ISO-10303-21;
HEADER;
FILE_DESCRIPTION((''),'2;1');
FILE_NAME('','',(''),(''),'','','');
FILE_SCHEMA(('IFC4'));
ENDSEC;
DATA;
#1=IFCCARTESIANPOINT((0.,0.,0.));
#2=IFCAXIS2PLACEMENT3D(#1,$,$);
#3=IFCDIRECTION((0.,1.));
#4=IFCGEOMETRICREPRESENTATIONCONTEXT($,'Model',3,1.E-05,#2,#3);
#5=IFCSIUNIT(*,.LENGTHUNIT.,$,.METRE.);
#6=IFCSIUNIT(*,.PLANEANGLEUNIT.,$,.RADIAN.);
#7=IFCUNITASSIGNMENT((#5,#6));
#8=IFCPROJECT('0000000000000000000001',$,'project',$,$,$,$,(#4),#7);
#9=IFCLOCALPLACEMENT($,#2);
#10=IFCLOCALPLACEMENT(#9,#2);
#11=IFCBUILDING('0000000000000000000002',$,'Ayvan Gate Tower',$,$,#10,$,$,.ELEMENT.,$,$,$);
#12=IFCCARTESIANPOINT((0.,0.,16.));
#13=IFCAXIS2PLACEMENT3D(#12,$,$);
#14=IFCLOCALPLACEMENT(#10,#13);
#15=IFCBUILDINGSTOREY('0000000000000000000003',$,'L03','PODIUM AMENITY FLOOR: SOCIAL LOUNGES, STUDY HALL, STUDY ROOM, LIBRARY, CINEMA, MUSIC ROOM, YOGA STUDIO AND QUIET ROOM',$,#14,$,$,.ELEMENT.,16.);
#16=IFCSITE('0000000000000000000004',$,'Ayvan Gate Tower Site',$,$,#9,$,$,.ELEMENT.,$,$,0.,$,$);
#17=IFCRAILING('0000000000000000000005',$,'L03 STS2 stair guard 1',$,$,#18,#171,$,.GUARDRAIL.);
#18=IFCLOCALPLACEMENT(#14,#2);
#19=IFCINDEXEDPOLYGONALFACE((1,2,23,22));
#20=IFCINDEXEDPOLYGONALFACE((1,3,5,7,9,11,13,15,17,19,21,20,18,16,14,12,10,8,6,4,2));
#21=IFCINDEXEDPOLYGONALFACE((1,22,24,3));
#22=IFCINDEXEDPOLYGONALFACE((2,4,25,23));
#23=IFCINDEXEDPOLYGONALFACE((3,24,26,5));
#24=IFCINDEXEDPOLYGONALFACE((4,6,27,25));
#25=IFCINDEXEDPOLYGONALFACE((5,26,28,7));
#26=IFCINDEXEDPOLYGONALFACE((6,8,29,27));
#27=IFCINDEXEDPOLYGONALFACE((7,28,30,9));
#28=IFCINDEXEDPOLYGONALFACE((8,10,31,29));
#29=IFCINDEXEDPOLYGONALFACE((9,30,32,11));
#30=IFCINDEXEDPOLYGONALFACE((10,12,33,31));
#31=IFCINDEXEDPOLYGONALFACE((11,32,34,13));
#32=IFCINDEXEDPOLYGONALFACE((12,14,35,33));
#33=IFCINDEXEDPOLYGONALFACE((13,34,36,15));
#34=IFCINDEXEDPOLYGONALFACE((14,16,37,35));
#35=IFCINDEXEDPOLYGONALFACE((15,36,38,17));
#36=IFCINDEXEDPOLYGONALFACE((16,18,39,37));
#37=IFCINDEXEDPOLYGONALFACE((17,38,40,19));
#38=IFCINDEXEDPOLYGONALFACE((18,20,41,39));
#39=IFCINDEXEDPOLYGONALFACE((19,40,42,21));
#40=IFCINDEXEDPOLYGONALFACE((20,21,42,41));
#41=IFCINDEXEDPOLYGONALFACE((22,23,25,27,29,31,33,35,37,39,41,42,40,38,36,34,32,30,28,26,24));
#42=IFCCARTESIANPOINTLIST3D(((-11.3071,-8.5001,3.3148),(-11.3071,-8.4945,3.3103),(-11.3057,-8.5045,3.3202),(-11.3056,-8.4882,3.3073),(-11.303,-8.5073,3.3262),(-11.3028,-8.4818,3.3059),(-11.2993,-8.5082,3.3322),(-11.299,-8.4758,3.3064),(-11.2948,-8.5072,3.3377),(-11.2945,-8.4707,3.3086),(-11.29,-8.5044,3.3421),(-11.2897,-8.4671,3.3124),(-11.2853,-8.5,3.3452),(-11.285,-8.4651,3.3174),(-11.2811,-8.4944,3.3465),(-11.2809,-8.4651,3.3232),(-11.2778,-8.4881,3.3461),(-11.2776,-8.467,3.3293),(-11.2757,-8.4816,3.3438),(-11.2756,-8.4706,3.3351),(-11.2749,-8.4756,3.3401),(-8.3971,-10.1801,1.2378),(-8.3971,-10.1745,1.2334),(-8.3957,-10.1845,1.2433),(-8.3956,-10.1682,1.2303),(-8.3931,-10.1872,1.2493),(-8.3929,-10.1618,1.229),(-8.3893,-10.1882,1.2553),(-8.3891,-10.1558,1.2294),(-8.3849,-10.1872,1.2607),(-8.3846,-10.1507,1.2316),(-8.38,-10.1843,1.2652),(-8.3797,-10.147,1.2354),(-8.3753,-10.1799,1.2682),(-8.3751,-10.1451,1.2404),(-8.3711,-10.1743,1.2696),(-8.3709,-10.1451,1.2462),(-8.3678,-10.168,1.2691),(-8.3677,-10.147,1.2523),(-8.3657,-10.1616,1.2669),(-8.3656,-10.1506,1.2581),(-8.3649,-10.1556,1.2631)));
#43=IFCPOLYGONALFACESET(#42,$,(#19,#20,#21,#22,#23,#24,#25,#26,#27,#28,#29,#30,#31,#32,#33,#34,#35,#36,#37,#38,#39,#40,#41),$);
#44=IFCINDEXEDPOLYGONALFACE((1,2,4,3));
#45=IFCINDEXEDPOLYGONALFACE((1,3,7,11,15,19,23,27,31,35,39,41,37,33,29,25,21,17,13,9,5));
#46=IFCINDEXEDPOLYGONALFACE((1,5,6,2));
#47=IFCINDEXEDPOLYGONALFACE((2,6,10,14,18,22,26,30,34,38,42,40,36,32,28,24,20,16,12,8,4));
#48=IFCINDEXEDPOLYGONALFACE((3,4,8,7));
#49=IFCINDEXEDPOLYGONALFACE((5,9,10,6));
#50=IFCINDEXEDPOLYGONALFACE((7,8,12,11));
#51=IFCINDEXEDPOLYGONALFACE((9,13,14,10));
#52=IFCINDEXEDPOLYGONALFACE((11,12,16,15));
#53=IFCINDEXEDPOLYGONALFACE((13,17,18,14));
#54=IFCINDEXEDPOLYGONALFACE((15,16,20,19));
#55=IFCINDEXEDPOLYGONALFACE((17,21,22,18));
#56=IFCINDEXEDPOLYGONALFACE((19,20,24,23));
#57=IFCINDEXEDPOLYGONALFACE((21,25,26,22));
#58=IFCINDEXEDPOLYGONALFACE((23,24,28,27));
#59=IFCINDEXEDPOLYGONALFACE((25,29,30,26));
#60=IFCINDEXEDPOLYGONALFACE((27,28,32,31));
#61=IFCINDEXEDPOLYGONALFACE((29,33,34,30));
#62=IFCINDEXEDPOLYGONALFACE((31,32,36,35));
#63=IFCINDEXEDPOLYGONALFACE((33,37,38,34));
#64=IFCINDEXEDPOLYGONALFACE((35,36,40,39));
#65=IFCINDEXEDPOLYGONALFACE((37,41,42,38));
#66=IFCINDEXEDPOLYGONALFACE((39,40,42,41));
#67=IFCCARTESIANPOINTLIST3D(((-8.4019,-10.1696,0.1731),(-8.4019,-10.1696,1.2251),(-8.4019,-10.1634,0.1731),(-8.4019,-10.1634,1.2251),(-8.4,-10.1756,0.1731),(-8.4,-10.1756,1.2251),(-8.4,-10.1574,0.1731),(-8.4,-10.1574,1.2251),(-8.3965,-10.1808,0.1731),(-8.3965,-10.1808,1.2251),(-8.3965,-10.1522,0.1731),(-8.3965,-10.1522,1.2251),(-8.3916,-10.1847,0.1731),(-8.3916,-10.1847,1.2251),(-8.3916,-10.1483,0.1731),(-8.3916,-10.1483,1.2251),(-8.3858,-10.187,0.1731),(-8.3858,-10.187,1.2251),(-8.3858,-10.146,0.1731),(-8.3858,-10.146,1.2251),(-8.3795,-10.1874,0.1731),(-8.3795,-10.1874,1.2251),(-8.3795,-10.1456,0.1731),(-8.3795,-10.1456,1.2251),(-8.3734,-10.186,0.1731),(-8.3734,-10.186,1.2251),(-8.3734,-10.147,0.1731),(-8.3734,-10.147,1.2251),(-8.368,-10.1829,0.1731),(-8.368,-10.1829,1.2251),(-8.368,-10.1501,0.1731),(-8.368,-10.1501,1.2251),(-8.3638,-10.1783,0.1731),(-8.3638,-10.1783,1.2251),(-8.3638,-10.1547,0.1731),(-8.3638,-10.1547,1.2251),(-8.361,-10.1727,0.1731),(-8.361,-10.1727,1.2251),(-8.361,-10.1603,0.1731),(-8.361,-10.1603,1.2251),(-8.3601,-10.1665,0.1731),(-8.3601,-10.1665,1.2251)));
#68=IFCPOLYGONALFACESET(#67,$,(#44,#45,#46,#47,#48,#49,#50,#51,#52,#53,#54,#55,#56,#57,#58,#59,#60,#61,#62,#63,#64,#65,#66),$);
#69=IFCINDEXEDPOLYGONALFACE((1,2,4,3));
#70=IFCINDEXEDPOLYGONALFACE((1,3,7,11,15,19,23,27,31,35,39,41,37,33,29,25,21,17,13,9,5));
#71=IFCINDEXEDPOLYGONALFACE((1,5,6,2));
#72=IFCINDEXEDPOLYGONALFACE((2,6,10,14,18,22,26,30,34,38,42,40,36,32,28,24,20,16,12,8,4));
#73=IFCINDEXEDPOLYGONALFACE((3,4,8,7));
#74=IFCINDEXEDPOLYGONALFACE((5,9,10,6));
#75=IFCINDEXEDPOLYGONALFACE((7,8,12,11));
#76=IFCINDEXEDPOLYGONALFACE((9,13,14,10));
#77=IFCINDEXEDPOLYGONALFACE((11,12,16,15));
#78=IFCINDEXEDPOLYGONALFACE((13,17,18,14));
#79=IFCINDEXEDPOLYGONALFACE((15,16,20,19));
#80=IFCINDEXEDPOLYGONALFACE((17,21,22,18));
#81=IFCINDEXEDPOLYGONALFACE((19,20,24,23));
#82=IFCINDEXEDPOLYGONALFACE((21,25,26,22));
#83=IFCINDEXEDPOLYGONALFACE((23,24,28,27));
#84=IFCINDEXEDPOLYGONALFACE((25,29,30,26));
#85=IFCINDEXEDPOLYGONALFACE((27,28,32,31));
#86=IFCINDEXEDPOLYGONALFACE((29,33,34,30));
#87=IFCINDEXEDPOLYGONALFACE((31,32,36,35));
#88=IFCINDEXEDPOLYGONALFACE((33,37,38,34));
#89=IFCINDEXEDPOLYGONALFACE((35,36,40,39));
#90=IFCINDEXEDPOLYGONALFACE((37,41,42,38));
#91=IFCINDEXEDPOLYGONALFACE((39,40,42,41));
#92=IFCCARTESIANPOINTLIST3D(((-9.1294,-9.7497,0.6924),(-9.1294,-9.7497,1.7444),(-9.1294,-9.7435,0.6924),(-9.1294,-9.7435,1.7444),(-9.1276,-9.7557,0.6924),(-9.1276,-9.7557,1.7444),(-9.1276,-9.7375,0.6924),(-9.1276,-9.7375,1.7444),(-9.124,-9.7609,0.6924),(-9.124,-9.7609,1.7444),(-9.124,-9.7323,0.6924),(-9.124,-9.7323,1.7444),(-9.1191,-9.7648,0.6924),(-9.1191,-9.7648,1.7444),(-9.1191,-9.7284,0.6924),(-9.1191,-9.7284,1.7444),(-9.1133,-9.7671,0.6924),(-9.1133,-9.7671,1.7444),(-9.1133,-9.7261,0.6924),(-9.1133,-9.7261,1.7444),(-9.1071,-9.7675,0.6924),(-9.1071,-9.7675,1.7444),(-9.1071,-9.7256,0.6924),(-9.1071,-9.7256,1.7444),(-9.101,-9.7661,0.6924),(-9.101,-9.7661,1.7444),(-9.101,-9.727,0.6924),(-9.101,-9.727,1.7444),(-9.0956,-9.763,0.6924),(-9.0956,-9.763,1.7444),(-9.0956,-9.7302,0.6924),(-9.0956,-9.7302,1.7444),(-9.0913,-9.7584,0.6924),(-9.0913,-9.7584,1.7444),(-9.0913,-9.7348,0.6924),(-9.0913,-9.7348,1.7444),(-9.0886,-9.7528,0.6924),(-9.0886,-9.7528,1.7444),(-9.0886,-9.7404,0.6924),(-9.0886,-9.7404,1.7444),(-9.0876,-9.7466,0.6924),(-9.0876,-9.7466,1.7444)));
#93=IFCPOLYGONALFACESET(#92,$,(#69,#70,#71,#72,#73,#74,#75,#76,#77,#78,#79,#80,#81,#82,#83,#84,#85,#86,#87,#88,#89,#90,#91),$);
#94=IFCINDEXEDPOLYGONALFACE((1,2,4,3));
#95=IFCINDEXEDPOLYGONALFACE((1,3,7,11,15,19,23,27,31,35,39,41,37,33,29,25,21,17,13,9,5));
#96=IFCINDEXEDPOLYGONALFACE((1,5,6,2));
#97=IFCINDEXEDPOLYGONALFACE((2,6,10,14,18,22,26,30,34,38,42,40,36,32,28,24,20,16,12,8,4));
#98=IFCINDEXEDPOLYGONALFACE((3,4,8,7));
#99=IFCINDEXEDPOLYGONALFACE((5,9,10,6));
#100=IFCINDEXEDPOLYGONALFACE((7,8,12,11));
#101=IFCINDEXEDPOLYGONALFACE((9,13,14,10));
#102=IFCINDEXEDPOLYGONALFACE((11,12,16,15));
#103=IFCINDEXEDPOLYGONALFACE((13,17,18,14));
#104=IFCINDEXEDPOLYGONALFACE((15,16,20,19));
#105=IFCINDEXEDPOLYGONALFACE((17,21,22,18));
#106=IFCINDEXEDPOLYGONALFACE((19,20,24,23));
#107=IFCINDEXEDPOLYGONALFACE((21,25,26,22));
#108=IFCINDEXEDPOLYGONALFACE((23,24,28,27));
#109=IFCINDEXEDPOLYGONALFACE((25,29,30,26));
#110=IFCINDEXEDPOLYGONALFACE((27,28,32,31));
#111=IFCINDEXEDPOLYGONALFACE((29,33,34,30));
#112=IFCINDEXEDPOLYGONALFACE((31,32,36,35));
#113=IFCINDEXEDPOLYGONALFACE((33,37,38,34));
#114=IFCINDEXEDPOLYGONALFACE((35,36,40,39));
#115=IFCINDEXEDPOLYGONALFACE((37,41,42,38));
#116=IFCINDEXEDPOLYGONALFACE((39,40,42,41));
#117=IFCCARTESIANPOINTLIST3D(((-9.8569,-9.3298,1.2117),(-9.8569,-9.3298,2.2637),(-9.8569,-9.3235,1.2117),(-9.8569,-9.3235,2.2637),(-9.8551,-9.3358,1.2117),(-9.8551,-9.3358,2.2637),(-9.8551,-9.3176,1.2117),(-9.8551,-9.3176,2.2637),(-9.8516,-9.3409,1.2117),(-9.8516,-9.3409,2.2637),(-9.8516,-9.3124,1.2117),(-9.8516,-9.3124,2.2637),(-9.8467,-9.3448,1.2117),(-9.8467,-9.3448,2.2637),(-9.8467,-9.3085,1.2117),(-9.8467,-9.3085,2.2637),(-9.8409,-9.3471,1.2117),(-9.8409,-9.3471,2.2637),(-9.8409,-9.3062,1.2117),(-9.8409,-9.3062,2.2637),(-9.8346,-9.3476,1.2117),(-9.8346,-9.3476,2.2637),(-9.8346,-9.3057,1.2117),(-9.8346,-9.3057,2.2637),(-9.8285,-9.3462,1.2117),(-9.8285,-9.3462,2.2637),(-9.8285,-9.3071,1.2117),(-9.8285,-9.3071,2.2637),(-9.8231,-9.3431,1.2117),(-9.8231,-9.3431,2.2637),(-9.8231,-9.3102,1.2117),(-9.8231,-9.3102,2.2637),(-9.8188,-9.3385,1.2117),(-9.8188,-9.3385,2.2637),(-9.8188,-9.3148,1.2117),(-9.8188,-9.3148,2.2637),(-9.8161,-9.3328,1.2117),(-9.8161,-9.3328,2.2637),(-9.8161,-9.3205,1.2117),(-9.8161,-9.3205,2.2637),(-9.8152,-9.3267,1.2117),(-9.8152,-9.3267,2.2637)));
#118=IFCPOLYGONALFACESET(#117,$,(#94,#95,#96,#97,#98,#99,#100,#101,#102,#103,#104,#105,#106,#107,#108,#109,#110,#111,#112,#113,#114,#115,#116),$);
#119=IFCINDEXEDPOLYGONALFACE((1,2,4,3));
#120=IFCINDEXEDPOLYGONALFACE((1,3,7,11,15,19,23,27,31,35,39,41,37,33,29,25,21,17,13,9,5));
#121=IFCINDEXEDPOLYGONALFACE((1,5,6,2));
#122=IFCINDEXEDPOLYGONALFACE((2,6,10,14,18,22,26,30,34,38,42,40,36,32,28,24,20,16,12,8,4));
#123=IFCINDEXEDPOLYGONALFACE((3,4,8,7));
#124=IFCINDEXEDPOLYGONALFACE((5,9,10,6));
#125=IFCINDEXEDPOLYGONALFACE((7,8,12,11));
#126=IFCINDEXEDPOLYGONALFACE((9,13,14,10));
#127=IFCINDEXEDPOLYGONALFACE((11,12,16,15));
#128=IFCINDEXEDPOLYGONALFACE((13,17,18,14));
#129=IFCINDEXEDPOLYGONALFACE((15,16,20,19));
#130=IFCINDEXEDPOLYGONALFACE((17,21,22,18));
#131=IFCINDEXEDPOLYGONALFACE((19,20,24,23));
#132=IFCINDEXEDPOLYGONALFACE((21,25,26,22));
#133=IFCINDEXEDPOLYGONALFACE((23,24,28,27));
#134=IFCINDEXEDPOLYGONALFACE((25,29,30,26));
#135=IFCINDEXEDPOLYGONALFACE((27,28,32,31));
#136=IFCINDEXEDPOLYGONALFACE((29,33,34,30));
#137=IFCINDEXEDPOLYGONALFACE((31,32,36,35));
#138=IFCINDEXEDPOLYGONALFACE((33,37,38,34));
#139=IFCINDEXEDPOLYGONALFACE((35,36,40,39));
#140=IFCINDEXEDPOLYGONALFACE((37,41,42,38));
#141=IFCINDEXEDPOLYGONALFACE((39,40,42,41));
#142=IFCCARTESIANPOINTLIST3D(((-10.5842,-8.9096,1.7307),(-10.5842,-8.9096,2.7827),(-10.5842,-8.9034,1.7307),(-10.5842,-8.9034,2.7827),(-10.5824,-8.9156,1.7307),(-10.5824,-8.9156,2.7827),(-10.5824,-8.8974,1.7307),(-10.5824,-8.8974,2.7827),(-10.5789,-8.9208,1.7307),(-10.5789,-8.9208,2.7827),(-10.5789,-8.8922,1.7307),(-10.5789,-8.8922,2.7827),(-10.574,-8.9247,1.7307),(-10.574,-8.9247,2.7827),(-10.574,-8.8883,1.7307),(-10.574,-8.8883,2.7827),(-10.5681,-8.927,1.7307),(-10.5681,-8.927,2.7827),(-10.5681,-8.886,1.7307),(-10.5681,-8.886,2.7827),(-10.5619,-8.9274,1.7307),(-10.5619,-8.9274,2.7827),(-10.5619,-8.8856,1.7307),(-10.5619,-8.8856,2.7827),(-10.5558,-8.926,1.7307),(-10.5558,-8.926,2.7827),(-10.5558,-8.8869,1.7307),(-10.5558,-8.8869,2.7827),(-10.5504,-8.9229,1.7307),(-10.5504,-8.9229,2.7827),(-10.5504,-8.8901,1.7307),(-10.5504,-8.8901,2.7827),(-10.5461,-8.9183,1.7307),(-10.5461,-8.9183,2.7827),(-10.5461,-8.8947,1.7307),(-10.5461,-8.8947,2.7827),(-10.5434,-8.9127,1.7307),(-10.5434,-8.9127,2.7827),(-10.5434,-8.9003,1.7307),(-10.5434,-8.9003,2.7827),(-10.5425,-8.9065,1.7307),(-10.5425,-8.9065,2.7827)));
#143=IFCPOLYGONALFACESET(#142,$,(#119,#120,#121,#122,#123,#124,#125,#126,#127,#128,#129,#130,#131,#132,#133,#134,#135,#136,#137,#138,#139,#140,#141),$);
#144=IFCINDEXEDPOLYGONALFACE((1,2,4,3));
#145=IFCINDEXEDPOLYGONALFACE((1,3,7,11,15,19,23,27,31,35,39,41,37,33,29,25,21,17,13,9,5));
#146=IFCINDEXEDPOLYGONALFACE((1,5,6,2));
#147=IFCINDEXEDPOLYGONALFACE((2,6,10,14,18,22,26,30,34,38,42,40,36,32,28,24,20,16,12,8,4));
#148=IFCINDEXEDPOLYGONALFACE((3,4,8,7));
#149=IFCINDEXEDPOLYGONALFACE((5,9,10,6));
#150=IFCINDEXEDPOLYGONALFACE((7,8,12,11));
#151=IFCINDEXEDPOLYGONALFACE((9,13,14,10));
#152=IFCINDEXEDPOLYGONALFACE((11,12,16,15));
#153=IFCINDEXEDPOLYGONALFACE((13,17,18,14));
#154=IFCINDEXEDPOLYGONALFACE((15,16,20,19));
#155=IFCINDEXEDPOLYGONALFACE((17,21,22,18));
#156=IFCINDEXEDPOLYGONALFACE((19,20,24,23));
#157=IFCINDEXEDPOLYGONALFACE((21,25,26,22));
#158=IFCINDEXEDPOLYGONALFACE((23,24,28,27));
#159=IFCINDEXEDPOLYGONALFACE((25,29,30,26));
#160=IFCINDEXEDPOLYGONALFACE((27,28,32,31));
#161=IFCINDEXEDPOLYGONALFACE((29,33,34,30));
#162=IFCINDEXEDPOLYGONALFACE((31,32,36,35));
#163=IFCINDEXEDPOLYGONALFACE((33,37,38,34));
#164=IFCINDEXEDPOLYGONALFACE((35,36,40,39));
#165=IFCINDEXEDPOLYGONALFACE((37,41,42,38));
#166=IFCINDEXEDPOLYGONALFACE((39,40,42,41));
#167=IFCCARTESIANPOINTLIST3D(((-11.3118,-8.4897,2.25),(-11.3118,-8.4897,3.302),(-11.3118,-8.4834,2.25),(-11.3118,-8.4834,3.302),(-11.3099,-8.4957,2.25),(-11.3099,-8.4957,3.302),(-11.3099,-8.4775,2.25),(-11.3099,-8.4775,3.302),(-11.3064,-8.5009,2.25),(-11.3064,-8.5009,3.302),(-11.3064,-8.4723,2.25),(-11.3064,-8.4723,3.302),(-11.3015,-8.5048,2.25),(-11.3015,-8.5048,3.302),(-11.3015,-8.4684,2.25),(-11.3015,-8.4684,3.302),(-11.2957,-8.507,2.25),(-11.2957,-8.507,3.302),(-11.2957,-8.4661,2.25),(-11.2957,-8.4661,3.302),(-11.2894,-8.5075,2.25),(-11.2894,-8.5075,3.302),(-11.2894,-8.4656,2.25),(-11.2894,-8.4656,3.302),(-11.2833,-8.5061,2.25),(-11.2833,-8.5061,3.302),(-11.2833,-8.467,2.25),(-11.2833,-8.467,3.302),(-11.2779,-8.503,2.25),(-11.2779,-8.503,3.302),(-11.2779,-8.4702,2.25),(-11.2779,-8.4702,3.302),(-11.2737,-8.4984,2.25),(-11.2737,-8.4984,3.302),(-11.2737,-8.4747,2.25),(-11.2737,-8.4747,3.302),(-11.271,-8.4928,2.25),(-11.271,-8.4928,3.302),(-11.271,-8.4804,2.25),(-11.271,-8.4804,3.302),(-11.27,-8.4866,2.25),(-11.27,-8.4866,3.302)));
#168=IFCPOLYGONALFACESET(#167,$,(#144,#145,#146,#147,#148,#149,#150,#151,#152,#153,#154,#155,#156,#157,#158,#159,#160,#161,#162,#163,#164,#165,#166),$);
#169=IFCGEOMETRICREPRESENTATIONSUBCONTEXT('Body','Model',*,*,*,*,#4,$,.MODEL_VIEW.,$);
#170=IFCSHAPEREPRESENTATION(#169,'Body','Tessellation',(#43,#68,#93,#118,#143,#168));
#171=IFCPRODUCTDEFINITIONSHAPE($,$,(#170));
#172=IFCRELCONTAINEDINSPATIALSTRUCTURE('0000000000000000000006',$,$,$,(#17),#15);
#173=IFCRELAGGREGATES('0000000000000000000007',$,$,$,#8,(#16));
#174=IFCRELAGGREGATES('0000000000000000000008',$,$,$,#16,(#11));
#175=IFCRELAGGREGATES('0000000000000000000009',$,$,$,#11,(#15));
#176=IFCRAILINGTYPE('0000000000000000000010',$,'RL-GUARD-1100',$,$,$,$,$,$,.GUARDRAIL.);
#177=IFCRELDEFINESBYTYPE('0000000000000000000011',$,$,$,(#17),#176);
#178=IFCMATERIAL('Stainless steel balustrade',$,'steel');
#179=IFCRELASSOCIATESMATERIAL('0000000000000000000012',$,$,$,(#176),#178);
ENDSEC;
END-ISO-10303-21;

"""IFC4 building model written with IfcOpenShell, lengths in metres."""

from ifc_helpers import new_model, si_unit, direction, frame, origin, origin_2d, place, context, subcontext, project, spatial, circle, extrude, material, type_object, element, save


model = new_model("IFC4")

# Units and contexts
model_context = context("Model", 3, precision=1e-05, world=origin(), true_north=direction((0.0, 1.0)))
body_context = subcontext(model_context, "Body", "Model", "MODEL_VIEW")
ifc_project = project(units=[si_unit("LENGTHUNIT", "METRE"), si_unit("PLANEANGLEUNIT", "RADIAN")], contexts=[model_context])

# Site, building, storey
site_placement = place(None, origin())
site = spatial("IfcSite", under=ifc_project, at=site_placement, Name="Ayvan Gate Tower Site", CompositionType="ELEMENT", RefElevation=0.0)
building_placement = place(site_placement, origin())
building = spatial("IfcBuilding", under=site, at=building_placement, Name="Ayvan Gate Tower", CompositionType="ELEMENT")
storey_placement = place(building_placement, frame((0.0, 0.0, 16.0)))
storey = spatial("IfcBuildingStorey", under=building, at=storey_placement, Name="L03", Description="PODIUM AMENITY FLOOR: SOCIAL LOUNGES, STUDY HALL, STUDY ROOM, LIBRARY, CINEMA, MUSIC ROOM, YOGA STUDIO AND QUIET ROOM", CompositionType="ELEMENT", Elevation=16.0)

# Railing
ifc_material_1 = material(Name="Stainless steel balustrade", Category="steel")
railing_type_1 = type_object("IfcRailingType", Name="RL-GUARD-1100", PredefinedType="GUARDRAIL", material=ifc_material_1)
railing_1_placement = place(storey_placement, frame((-8.3811, -10.1665, 0.1731)))
element("IfcRailing", 1, at=railing_1_placement, inside=storey, type_object=railing_type_1, Name="L03 STS2 stair guard 1", PredefinedType="GUARDRAIL", context=body_context, shape_type="SweptSolid", body=[
    extrude(circle(Radius=0.0239, at=origin_2d()), frame((0.0, 0.0, 1.0762), z_axis=(-0.736668, 0.425288, 0.525785), x_axis=(-0.499976, -0.866039, 0.0)), (0.0, 0.0, 1.0), 3.9502),
    extrude(circle(Radius=0.021, at=origin_2d()), origin(), (0.0, 0.0, 1.0), 1.052),
    extrude(circle(Radius=0.021, at=origin_2d()), frame((-0.7275, 0.4199, 0.5193)), (0.0, 0.0, 1.0), 1.052),
    extrude(circle(Radius=0.021, at=origin_2d()), frame((-1.4551, 0.8398, 1.0386)), (0.0, 0.0, 1.0), 1.052),
    extrude(circle(Radius=0.021, at=origin_2d()), frame((-2.1824, 1.26, 1.5576)), (0.0, 0.0, 1.0), 1.052),
    extrude(circle(Radius=0.021, at=origin_2d()), frame((-2.9099, 1.6799, 2.0769)), (0.0, 0.0, 1.0), 1.052),
])

save(model, "model.ifc")
